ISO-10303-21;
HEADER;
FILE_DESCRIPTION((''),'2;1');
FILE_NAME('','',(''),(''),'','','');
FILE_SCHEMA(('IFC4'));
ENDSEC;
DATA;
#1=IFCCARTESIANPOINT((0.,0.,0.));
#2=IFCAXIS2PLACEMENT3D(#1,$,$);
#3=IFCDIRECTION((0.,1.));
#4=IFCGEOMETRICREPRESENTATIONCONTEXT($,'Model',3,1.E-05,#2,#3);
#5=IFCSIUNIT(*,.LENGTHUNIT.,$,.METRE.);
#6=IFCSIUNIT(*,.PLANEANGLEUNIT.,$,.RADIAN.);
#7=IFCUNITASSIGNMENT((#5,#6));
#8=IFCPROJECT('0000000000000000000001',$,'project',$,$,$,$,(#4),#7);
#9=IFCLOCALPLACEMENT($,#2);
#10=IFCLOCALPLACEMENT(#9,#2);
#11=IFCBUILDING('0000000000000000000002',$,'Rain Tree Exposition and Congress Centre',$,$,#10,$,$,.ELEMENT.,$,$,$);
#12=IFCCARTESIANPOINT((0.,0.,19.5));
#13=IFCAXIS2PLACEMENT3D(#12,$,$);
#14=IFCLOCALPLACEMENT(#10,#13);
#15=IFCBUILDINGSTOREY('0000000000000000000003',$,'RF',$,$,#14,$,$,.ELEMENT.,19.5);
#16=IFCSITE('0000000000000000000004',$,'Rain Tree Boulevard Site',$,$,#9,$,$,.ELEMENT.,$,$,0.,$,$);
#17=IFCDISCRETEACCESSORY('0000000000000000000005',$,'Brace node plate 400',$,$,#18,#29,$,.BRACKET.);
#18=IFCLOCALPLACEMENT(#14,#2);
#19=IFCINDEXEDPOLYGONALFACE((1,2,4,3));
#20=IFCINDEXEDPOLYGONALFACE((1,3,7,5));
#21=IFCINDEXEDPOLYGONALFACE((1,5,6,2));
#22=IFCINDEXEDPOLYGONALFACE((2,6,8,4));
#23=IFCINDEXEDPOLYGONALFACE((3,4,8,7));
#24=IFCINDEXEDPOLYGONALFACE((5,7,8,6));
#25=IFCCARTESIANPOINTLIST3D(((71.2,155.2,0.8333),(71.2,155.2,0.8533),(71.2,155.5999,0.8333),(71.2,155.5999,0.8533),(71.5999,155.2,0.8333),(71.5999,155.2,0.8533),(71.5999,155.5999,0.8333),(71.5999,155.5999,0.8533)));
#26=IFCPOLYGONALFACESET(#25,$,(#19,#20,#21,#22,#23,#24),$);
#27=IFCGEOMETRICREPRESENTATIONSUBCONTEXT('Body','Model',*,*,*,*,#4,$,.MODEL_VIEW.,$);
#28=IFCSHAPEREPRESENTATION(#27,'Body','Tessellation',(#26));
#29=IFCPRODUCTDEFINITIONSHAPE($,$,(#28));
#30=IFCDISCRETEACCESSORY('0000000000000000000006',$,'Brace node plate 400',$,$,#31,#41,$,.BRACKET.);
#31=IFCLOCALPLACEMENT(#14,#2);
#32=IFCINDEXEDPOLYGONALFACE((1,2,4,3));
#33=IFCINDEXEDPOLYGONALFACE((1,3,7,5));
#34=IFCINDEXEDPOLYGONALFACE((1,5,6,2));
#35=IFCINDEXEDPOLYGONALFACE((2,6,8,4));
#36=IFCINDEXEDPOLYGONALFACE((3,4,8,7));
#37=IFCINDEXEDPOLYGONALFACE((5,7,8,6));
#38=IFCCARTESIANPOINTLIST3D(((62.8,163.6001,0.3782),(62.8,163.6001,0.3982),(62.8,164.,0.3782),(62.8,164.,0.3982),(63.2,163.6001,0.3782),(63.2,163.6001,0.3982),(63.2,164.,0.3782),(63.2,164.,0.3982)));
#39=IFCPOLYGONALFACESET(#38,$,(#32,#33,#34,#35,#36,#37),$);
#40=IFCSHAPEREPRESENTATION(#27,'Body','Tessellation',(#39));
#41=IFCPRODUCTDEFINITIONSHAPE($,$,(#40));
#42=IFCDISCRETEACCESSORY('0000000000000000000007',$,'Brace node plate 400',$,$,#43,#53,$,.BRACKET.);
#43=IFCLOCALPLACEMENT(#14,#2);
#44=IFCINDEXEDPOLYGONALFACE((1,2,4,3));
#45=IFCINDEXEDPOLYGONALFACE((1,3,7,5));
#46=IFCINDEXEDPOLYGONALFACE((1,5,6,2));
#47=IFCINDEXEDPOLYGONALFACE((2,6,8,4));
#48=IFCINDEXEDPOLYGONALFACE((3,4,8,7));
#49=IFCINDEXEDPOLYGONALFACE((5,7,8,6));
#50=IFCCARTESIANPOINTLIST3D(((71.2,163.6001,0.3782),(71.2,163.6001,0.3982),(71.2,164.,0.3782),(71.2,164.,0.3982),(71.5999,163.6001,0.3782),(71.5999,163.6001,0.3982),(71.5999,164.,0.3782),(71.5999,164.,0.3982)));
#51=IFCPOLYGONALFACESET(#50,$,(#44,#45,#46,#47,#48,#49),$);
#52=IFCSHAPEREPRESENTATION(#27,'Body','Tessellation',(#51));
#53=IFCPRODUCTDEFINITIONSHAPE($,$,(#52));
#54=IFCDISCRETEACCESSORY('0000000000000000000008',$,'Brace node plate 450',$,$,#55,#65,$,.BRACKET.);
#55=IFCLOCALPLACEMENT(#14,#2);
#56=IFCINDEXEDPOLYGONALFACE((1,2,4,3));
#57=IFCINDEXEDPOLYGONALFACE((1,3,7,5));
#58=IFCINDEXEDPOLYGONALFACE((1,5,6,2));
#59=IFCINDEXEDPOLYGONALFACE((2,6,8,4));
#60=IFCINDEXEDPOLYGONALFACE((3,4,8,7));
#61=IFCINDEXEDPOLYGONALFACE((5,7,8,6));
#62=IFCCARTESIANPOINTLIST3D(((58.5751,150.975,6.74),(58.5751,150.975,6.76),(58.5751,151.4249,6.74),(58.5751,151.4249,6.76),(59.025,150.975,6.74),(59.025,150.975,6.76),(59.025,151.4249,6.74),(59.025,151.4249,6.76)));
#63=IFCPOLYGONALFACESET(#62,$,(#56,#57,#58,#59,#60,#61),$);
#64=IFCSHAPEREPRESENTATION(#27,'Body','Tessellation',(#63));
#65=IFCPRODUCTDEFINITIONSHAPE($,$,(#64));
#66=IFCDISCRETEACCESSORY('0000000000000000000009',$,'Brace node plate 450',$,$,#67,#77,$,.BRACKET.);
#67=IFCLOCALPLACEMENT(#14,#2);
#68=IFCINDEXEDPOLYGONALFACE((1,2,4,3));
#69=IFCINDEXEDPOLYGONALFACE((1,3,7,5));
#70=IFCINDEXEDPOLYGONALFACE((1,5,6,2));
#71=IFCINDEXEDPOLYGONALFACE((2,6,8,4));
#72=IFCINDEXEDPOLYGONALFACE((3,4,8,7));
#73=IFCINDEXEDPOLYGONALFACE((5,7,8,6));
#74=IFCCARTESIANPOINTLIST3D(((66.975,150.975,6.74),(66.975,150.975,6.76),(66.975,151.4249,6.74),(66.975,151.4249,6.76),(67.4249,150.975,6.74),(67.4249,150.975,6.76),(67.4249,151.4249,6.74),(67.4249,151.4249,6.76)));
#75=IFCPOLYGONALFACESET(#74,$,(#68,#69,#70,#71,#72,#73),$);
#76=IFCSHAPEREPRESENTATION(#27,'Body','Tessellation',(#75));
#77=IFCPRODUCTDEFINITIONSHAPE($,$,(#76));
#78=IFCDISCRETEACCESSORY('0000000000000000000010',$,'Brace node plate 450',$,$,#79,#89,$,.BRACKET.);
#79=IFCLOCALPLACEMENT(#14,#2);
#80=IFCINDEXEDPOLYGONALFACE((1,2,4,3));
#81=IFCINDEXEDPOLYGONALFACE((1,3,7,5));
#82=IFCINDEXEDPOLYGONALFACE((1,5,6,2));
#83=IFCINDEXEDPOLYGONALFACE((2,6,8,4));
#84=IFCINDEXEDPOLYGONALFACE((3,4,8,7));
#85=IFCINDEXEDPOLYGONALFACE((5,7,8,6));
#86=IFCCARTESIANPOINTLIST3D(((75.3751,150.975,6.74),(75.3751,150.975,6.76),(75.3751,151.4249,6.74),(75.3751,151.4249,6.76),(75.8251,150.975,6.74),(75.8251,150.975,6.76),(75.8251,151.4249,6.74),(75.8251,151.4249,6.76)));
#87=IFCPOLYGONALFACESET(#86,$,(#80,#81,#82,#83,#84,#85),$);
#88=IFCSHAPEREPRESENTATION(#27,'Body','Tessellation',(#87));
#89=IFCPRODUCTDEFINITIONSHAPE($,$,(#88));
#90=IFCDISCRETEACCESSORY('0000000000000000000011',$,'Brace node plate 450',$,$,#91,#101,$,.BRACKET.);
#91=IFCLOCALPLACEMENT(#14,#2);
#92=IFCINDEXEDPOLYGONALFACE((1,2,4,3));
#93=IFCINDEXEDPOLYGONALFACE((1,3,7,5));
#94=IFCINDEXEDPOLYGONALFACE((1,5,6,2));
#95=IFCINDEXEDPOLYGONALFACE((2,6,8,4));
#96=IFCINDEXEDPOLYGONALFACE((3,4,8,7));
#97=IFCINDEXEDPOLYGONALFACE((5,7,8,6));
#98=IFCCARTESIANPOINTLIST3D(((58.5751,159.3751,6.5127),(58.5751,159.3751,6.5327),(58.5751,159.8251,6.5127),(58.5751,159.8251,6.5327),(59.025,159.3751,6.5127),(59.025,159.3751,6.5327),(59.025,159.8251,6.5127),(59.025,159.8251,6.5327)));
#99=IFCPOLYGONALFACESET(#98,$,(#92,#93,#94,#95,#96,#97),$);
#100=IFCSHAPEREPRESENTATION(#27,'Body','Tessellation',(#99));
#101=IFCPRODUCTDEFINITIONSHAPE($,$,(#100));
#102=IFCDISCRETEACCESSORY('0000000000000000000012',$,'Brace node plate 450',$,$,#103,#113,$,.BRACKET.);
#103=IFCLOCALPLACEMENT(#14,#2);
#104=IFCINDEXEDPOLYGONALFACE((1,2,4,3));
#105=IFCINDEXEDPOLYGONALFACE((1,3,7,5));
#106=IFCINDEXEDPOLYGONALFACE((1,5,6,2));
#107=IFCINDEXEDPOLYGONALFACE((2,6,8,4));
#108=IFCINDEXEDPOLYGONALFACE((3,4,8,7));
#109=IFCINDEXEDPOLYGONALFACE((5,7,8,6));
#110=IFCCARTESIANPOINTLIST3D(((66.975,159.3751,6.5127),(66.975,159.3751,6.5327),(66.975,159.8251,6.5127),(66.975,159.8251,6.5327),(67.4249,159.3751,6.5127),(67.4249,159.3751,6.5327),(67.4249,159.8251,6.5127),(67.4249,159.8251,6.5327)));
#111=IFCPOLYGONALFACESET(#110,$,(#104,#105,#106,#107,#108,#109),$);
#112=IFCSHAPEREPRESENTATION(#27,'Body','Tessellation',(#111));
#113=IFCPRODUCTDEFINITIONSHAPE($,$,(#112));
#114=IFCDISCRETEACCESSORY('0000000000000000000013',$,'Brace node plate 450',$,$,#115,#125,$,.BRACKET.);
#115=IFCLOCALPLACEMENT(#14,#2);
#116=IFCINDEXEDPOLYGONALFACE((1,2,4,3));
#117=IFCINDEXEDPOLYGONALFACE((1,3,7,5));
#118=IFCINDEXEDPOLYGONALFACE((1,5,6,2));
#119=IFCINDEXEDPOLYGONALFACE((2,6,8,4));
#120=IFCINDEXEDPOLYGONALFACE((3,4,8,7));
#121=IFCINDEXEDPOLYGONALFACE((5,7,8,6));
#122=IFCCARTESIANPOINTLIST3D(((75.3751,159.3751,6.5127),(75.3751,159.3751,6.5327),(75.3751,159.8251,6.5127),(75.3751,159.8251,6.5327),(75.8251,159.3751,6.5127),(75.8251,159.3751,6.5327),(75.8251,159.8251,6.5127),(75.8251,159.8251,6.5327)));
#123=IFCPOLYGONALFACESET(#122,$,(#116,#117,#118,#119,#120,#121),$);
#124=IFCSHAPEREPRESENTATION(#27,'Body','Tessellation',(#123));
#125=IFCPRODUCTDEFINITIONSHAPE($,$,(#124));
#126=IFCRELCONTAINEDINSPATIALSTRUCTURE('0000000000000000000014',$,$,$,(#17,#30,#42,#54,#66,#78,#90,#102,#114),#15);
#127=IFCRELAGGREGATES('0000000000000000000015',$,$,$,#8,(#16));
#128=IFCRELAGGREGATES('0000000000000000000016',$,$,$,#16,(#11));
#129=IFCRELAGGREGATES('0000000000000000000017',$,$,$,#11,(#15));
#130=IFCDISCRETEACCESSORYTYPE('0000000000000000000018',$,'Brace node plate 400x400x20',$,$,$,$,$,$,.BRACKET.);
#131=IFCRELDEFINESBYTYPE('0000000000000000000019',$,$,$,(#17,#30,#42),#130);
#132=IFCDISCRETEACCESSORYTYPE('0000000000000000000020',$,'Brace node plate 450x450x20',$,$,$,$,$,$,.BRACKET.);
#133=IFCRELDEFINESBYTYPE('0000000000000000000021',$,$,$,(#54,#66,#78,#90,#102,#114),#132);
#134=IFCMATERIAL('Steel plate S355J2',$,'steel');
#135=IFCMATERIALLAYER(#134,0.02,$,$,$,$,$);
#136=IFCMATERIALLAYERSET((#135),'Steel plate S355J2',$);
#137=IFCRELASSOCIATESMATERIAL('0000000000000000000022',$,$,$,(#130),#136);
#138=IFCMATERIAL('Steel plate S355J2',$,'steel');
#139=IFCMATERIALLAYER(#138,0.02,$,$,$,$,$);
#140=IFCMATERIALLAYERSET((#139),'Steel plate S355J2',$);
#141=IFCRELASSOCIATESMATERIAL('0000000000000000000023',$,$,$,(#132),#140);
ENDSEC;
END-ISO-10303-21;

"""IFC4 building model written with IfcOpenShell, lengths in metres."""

from ifc_helpers import new_model, si_unit, direction, frame, origin, origin_2d, place, context, subcontext, project, spatial, rectangle, extrude, material, layer, layer_set, type_object, element, save


model = new_model("IFC4")

# Units and contexts
model_context = context("Model", 3, precision=1e-05, world=origin(), true_north=direction((0.0, 1.0)))
body_context = subcontext(model_context, "Body", "Model", "MODEL_VIEW")
ifc_project = project(units=[si_unit("LENGTHUNIT", "METRE"), si_unit("PLANEANGLEUNIT", "RADIAN")], contexts=[model_context])

# Site, building, storey
site_placement = place(None, origin())
site = spatial("IfcSite", under=ifc_project, at=site_placement, Name="Rain Tree Boulevard Site", CompositionType="ELEMENT", RefElevation=0.0)
building_placement = place(site_placement, origin())
building = spatial("IfcBuilding", under=site, at=building_placement, Name="Rain Tree Exposition and Congress Centre", CompositionType="ELEMENT")
storey_placement = place(building_placement, frame((0.0, 0.0, 19.5)))
storey = spatial("IfcBuildingStorey", under=building, at=storey_placement, Name="RF", CompositionType="ELEMENT", Elevation=19.5)

# Discrete accessories
ifc_material_1 = material(Name="Steel plate S355J2", Category="steel")
ifc_layer_1 = layer(ifc_material_1, 0.02)
ifc_layer_set_1 = layer_set([ifc_layer_1], Name="Steel plate S355J2")
discrete_accessory_type_1 = type_object("IfcDiscreteAccessoryType", Name="Brace node plate 400x400x20", PredefinedType="BRACKET", material=ifc_layer_set_1)
for number, where, z_axis, x_axis, name in (
    (1, (71.3999, 155.3999, 0.8333), (0.0, 0.0, 1.0), (1.0, 0.0, 0.0), "Brace node plate 400"),
    (2, (63.0, 163.8, 0.3782), (0.0, 0.0, 1.0), (1.0, 0.0, 0.0), "Brace node plate 400"),
    (3, (71.3999, 163.8, 0.3782), (0.0, 0.0, 1.0), (1.0, 0.0, 0.0), "Brace node plate 400"),
):
    element("IfcDiscreteAccessory", number, at=place(storey_placement, frame(where, z_axis=z_axis, x_axis=x_axis)), inside=storey, type_object=discrete_accessory_type_1, Name=name, PredefinedType="BRACKET", context=body_context, shape_type="SweptSolid", body=[
        extrude(rectangle(XDim=0.3999, YDim=0.3999, at=origin_2d()), origin(), (0.0, 0.0, 1.0), 0.02),
    ])
ifc_material_2 = material(Name="Steel plate S355J2", Category="steel")
ifc_layer_2 = layer(ifc_material_2, 0.02)
ifc_layer_set_2 = layer_set([ifc_layer_2], Name="Steel plate S355J2")
discrete_accessory_type_2 = type_object("IfcDiscreteAccessoryType", Name="Brace node plate 450x450x20", PredefinedType="BRACKET", material=ifc_layer_set_2)
for number, where, z_axis, x_axis, name in (
    (4, (58.8, 151.2, 6.74), (0.0, 0.0, 1.0), (1.0, 0.0, 0.0), "Brace node plate 450"),
    (5, (67.2, 151.2, 6.74), (0.0, 0.0, 1.0), (1.0, 0.0, 0.0), "Brace node plate 450"),
    (6, (75.6001, 151.2, 6.74), (0.0, 0.0, 1.0), (1.0, 0.0, 0.0), "Brace node plate 450"),
    (7, (58.8, 159.6001, 6.5127), (0.0, 0.0, 1.0), (1.0, 0.0, 0.0), "Brace node plate 450"),
    (8, (67.2, 159.6001, 6.5127), (0.0, 0.0, 1.0), (1.0, 0.0, 0.0), "Brace node plate 450"),
    (9, (75.6001, 159.6001, 6.5127), (0.0, 0.0, 1.0), (1.0, 0.0, 0.0), "Brace node plate 450"),
):
    element("IfcDiscreteAccessory", number, at=place(storey_placement, frame(where, z_axis=z_axis, x_axis=x_axis)), inside=storey, type_object=discrete_accessory_type_2, Name=name, PredefinedType="BRACKET", context=body_context, shape_type="SweptSolid", body=[
        extrude(rectangle(XDim=0.45, YDim=0.45, at=origin_2d()), origin(), (0.0, 0.0, 1.0), 0.02),
    ])

save(model, "model.ifc")
